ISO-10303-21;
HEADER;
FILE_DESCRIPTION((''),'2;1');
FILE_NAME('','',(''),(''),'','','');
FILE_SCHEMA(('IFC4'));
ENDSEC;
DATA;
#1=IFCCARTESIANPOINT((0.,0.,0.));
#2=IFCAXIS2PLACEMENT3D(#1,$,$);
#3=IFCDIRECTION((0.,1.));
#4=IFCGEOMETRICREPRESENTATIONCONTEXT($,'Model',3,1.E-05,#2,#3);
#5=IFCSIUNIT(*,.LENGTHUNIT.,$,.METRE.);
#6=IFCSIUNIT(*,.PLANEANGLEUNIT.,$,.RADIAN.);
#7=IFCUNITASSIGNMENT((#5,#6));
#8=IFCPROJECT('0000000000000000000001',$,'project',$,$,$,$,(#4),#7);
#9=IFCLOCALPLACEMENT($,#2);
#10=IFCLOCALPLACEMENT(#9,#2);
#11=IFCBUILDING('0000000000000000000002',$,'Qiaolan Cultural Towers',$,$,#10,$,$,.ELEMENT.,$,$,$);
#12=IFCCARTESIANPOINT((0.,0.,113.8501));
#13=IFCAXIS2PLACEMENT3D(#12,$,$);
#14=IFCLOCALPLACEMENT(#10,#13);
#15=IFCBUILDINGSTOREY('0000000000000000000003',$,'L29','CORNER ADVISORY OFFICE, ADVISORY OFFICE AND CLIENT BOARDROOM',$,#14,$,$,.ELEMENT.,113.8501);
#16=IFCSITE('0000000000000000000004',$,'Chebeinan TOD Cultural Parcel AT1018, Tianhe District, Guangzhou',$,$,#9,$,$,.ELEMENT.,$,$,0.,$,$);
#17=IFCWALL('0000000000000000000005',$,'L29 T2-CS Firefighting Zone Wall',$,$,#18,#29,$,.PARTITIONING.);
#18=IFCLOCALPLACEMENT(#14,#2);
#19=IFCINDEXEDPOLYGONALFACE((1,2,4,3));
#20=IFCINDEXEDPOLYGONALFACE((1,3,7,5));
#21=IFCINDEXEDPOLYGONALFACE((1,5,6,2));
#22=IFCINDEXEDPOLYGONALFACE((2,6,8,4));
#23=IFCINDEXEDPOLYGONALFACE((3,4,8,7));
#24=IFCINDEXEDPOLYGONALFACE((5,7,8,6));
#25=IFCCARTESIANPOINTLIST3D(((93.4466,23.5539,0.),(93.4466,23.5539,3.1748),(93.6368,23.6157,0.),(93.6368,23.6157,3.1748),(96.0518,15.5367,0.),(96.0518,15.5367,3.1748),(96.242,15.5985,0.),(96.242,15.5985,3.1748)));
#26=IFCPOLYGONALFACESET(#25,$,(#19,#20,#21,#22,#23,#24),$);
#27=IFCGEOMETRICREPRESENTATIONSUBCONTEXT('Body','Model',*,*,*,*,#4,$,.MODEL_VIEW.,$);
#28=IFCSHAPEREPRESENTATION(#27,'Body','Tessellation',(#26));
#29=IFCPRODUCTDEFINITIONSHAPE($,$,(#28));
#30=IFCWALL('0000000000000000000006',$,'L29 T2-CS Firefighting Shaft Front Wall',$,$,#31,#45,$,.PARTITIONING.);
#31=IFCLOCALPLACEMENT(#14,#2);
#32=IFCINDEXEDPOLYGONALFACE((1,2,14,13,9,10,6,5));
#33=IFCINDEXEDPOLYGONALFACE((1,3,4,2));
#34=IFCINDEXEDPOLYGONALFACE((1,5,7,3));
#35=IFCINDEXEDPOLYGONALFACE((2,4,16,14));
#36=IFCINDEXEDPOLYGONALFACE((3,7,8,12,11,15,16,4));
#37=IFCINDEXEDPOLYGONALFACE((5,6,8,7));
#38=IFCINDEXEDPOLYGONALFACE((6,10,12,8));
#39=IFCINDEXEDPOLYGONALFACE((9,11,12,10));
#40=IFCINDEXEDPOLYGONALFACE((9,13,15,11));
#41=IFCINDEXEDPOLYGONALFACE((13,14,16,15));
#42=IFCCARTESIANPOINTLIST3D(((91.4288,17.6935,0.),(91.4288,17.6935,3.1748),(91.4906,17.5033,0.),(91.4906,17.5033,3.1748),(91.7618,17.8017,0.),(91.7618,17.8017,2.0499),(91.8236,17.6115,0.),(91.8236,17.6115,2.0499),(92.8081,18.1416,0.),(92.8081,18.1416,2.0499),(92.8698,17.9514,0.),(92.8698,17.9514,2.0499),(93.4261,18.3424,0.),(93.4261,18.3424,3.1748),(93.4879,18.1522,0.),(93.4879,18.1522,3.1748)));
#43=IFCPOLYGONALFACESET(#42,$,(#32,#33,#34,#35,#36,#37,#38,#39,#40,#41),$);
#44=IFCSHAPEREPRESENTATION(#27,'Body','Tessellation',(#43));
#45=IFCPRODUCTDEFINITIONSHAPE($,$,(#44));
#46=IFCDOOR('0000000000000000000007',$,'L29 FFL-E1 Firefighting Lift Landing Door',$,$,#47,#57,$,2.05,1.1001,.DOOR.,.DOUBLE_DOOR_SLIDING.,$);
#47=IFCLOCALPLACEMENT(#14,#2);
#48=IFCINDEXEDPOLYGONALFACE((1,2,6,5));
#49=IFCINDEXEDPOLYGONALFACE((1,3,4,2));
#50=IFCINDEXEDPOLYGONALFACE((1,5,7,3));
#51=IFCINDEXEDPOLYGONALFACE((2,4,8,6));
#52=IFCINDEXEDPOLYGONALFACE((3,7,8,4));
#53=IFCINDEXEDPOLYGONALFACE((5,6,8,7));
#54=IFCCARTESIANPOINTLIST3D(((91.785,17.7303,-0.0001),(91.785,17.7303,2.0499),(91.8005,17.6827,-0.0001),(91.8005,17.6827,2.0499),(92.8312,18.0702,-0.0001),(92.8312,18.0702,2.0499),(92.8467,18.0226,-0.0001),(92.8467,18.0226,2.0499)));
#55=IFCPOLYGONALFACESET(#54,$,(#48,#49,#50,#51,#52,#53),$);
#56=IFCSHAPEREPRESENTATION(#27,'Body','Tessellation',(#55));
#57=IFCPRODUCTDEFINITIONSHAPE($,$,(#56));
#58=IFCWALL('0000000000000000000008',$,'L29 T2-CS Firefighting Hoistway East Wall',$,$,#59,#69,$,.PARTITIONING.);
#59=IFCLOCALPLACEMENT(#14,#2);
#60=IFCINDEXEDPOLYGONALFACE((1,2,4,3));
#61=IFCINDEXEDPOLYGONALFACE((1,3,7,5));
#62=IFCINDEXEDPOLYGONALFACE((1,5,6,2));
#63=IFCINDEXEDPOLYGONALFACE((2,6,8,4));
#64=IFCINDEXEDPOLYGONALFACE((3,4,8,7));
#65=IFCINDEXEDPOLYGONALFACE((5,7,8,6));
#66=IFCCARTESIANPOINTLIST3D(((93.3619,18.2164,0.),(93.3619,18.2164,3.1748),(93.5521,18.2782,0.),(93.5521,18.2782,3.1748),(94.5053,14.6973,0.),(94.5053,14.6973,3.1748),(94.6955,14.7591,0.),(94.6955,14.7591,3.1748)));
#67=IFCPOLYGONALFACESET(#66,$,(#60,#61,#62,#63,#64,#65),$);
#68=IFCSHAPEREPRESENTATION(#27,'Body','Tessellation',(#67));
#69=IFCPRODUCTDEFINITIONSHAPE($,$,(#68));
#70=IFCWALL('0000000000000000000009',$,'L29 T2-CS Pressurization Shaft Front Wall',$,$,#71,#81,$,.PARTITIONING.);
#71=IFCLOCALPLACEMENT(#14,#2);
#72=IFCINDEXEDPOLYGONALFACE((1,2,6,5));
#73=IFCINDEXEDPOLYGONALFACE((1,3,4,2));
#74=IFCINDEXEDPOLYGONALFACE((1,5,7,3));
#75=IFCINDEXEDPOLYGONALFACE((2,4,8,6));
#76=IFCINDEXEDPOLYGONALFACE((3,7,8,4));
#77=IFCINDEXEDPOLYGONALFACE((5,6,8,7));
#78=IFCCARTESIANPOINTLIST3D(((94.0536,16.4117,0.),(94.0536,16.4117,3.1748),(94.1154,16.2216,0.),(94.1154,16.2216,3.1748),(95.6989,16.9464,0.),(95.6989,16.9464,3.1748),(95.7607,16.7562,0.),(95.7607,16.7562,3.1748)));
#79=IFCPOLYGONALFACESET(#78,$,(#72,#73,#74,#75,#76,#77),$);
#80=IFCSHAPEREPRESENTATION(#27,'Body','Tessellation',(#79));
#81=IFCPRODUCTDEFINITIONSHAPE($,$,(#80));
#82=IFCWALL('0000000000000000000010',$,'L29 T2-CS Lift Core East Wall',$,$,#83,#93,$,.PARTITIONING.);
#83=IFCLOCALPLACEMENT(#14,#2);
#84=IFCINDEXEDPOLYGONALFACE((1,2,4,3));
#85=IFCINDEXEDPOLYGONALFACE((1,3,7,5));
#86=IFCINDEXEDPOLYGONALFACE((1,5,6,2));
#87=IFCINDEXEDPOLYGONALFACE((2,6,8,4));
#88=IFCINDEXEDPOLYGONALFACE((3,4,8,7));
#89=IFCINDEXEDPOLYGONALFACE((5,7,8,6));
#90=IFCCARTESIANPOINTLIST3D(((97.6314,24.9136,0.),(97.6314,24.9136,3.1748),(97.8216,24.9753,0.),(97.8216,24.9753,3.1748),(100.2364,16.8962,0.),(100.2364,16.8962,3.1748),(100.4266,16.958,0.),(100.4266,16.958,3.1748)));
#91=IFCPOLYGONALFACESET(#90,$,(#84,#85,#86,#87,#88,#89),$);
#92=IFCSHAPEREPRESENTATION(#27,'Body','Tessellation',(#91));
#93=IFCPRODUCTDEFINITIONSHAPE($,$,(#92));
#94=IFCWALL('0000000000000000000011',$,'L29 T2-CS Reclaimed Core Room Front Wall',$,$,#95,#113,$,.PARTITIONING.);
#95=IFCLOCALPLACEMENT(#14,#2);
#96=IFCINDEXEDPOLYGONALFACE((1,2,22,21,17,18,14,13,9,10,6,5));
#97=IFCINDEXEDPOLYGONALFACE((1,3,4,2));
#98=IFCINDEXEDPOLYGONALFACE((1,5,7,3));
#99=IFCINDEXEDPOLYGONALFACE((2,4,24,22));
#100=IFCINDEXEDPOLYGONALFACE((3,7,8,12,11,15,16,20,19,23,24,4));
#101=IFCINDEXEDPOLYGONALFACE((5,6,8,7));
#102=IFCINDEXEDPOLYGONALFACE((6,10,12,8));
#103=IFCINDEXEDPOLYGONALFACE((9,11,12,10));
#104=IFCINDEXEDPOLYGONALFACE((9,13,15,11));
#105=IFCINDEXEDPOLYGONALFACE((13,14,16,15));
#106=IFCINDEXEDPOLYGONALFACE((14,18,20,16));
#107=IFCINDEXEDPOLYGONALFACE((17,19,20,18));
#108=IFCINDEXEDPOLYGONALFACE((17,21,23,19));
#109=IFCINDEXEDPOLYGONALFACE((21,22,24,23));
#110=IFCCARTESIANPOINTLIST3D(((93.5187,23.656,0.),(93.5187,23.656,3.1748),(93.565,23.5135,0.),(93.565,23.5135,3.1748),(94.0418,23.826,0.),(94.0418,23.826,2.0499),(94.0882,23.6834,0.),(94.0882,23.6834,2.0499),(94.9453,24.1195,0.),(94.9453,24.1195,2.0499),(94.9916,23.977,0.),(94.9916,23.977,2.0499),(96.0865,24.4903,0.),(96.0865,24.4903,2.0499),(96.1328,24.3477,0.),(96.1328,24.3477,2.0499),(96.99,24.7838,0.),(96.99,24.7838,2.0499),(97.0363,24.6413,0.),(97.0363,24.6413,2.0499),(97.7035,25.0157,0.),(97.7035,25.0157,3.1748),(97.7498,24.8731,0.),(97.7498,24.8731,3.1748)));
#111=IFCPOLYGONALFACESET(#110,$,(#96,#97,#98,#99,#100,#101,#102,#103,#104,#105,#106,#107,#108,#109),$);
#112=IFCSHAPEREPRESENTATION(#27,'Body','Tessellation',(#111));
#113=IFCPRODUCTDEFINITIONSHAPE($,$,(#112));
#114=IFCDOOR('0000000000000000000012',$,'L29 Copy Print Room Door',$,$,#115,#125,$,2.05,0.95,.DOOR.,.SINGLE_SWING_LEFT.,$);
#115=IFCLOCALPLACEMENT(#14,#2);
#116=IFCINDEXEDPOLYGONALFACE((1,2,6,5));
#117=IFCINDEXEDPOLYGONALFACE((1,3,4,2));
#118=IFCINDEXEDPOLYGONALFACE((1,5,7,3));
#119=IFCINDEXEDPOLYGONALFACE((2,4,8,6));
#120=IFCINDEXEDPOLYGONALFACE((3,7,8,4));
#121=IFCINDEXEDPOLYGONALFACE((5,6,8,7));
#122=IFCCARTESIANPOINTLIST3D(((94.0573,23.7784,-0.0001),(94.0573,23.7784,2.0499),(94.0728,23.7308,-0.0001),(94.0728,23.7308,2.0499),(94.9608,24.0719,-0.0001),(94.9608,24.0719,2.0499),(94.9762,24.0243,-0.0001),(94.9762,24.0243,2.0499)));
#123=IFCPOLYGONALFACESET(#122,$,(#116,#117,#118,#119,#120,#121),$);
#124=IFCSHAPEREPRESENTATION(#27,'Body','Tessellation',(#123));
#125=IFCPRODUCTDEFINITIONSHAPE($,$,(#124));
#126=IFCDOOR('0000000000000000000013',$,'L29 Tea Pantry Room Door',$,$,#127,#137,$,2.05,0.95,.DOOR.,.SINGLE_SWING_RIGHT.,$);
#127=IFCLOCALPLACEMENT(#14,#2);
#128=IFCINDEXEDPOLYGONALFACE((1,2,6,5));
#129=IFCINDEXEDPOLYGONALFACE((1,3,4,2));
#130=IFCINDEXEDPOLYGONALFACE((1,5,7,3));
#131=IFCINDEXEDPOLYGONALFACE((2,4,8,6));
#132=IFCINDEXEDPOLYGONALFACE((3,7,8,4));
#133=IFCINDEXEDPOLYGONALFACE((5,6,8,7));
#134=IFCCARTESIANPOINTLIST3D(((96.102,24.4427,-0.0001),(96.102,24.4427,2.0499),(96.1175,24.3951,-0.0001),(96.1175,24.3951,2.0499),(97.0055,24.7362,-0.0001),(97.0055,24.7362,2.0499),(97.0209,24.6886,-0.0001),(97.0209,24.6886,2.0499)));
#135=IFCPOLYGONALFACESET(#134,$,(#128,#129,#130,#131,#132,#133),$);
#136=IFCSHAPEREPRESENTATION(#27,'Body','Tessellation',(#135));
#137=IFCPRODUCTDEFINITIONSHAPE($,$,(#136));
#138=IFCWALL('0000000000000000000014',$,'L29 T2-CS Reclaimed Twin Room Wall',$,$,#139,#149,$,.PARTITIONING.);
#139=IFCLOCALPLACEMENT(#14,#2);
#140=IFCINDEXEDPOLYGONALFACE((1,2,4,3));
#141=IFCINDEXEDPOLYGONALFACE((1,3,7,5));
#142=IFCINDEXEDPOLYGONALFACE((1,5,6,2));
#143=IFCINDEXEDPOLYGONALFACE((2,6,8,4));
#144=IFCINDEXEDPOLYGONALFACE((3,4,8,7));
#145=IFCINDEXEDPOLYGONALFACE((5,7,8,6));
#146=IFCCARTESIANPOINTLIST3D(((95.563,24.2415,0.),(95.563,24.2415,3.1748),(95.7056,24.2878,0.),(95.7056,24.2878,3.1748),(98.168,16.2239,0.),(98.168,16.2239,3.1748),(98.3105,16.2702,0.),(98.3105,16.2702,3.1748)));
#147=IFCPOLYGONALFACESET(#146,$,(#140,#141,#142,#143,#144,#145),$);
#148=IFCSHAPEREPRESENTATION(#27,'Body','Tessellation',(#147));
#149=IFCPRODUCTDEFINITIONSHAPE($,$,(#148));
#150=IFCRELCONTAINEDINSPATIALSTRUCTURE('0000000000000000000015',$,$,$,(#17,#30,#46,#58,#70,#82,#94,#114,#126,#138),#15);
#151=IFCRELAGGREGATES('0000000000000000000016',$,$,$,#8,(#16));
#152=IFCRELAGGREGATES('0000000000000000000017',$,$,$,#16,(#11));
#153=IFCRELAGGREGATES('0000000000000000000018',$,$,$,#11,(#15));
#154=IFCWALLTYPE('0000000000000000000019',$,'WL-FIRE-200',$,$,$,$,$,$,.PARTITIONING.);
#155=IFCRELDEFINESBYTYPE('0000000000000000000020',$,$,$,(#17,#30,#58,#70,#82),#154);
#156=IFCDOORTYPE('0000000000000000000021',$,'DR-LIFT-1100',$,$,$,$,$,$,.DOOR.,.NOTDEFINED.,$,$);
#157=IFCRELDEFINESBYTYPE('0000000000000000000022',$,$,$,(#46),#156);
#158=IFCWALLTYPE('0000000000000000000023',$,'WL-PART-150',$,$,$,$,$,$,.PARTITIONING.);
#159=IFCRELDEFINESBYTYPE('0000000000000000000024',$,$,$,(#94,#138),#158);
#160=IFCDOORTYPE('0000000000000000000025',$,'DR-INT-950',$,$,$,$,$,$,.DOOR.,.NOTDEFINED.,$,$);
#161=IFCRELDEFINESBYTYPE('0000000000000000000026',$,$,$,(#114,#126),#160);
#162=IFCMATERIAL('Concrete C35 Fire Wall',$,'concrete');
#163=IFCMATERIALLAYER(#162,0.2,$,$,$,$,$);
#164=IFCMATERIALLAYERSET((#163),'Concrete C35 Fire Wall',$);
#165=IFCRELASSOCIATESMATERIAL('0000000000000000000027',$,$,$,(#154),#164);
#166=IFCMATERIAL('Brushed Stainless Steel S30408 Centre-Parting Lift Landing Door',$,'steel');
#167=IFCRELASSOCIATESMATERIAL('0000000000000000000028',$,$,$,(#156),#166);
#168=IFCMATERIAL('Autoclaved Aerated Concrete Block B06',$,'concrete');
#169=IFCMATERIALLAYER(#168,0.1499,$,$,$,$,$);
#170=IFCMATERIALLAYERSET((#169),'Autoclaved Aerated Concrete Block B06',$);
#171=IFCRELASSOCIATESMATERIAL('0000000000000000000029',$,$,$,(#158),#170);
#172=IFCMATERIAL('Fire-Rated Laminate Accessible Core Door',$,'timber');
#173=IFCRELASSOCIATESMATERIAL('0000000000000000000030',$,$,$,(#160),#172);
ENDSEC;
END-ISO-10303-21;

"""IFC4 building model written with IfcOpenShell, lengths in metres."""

from ifc_helpers import new_model, si_unit, direction, frame, frame_2d, origin, place, context, subcontext, project, spatial, rectangle, extrude, material, layer, layer_set, type_object, element, fill, save


model = new_model("IFC4")

# Units and contexts
model_context = context("Model", 3, precision=1e-05, world=origin(), true_north=direction((0.0, 1.0)))
body_context = subcontext(model_context, "Body", "Model", "MODEL_VIEW")
ifc_project = project(units=[si_unit("LENGTHUNIT", "METRE"), si_unit("PLANEANGLEUNIT", "RADIAN")], contexts=[model_context])

# Site, building, storey
site_placement = place(None, origin())
site = spatial("IfcSite", under=ifc_project, at=site_placement, Name="Chebeinan TOD Cultural Parcel AT1018, Tianhe District, Guangzhou", CompositionType="ELEMENT", RefElevation=0.0)
building_placement = place(site_placement, origin())
building = spatial("IfcBuilding", under=site, at=building_placement, Name="Qiaolan Cultural Towers", CompositionType="ELEMENT")
storey_placement = place(building_placement, frame((0.0, 0.0, 113.8501)))
storey = spatial("IfcBuildingStorey", under=building, at=storey_placement, Name="L29", Description="CORNER ADVISORY OFFICE, ADVISORY OFFICE AND CLIENT BOARDROOM", CompositionType="ELEMENT", Elevation=113.8501)

# Wall
ifc_material_1 = material(Name="Concrete C35 Fire Wall", Category="concrete")
ifc_layer_1 = layer(ifc_material_1, 0.2)
ifc_layer_set_1 = layer_set([ifc_layer_1], Name="Concrete C35 Fire Wall")
wall_type_1 = type_object("IfcWallType", Name="WL-FIRE-200", PredefinedType="PARTITIONING", material=ifc_layer_set_1)
wall_1_placement = place(storey_placement, frame((93.5417, 23.5847, 0.0), z_axis=(0.0, 0.0, 1.0), x_axis=(0.309042, -0.951048, 0.0)))
element("IfcWall", 1, at=wall_1_placement, inside=storey, type_object=wall_type_1, Name="L29 T2-CS Firefighting Zone Wall", PredefinedType="PARTITIONING", context=body_context, shape_type="SweptSolid", body=[
    extrude(rectangle(XDim=8.4299, YDim=0.2, at=frame_2d((4.2148, 0.0))), origin(), (0.0, 0.0, 1.0), 3.1748),
])

# Wall, opening, door
wall_2_placement = place(storey_placement, frame((91.4597, 17.5984, 0.0), z_axis=(0.0, 0.0, 1.0), x_axis=(0.951062, 0.308999, 0.0)))
wall_2 = element("IfcWall", 2, at=wall_2_placement, inside=storey, type_object=wall_type_1, Name="L29 T2-CS Firefighting Shaft Front Wall", PredefinedType="PARTITIONING", context=body_context, shape_type="SweptSolid", body=[
    extrude(rectangle(XDim=2.1001, YDim=0.2, at=frame_2d((1.05, 0.0))), origin(), (0.0, 0.0, 1.0), 3.1748),
])
opening_1_placement = place(wall_2_placement, frame((0.3501, 0.0, 0.0)))
opening_1 = element("IfcOpeningElement", 3, at=opening_1_placement, cuts=wall_2, PredefinedType="OPENING", context=body_context, shape_type="SweptSolid", body=[
    extrude(rectangle(XDim=1.1001, YDim=2.05, at=frame_2d((0.55, 1.0249))), frame((0.0, 0.1099, 0.0), z_axis=(0.0, -1.0, 0.0), x_axis=(1.0, 0.0, 0.0)), (0.0, 0.0, 1.0), 0.22),
])
ifc_material_2 = material(Name="Brushed Stainless Steel S30408 Centre-Parting Lift Landing Door", Category="steel")
door_type_1 = type_object("IfcDoorType", Name="DR-LIFT-1100", OperationType="NOTDEFINED", PredefinedType="DOOR", material=ifc_material_2)
door_1_placement = place(opening_1_placement, origin())
door_1 = element("IfcDoor", 4, at=door_1_placement, inside=storey, type_object=door_type_1, Name="L29 FFL-E1 Firefighting Lift Landing Door", OperationType="DOUBLE_DOOR_SLIDING", OverallHeight=2.05, OverallWidth=1.1001, PredefinedType="DOOR", context=body_context, shape_type="SweptSolid", body=[
    extrude(rectangle(XDim=1.1001, YDim=2.05, at=frame_2d((0.55, 1.0249))), frame((0.0, 0.0249, 0.0), z_axis=(0.0, -1.0, 0.0), x_axis=(1.0, 0.0, 0.0)), (0.0, 0.0, 1.0), 0.05),
])
fill(opening_1, door_1)

# Walls
wall_3_placement = place(storey_placement, frame((93.457, 18.2473, 0.0), z_axis=(0.0, 0.0, 1.0), x_axis=(0.308994, -0.951064, 0.0)))
element("IfcWall", 5, at=wall_3_placement, inside=storey, type_object=wall_type_1, Name="L29 T2-CS Firefighting Hoistway East Wall", PredefinedType="PARTITIONING", context=body_context, shape_type="SweptSolid", body=[
    extrude(rectangle(XDim=3.7002, YDim=0.2, at=frame_2d((1.8501, 0.0))), origin(), (0.0, 0.0, 1.0), 3.1748),
])
wall_4_placement = place(storey_placement, frame((94.0845, 16.3167, 0.0), z_axis=(0.0, 0.0, 1.0), x_axis=(0.951041, 0.309064, 0.0)))
element("IfcWall", 6, at=wall_4_placement, inside=storey, type_object=wall_type_1, Name="L29 T2-CS Pressurization Shaft Front Wall", PredefinedType="PARTITIONING", context=body_context, shape_type="SweptSolid", body=[
    extrude(rectangle(XDim=1.73, YDim=0.2, at=frame_2d((0.865, 0.0))), origin(), (0.0, 0.0, 1.0), 3.1748),
])
wall_5_placement = place(storey_placement, frame((97.7266, 24.9443, 0.0), z_axis=(0.0, 0.0, 1.0), x_axis=(0.309016, -0.951057, 0.0)))
element("IfcWall", 7, at=wall_5_placement, inside=storey, type_object=wall_type_1, Name="L29 T2-CS Lift Core East Wall", PredefinedType="PARTITIONING", context=body_context, shape_type="SweptSolid", body=[
    extrude(rectangle(XDim=8.4299, YDim=0.2, at=frame_2d((4.2148, 0.0))), origin(), (0.0, 0.0, 1.0), 3.1748),
])

# Wall, openings, doors
ifc_material_3 = material(Name="Autoclaved Aerated Concrete Block B06", Category="concrete")
ifc_layer_2 = layer(ifc_material_3, 0.1499)
ifc_layer_set_2 = layer_set([ifc_layer_2], Name="Autoclaved Aerated Concrete Block B06")
wall_type_2 = type_object("IfcWallType", Name="WL-PART-150", PredefinedType="PARTITIONING", material=ifc_layer_set_2)
wall_6_placement = place(storey_placement, frame((93.5417, 23.5847, 0.0), z_axis=(0.0, 0.0, 1.0), x_axis=(0.951064, 0.308994, 0.0)))
wall_6 = element("IfcWall", 8, at=wall_6_placement, inside=storey, type_object=wall_type_2, Name="L29 T2-CS Reclaimed Core Room Front Wall", PredefinedType="PARTITIONING", context=body_context, shape_type="SweptSolid", body=[
    extrude(rectangle(XDim=4.4001, YDim=0.1499, at=frame_2d((2.2002, 0.0))), origin(), (0.0, 0.0, 1.0), 3.1748),
])
opening_2_placement = place(wall_6_placement, frame((0.55, 0.0, 0.0)))
opening_2 = element("IfcOpeningElement", 9, at=opening_2_placement, cuts=wall_6, PredefinedType="OPENING", context=body_context, shape_type="SweptSolid", body=[
    extrude(rectangle(XDim=0.95, YDim=2.05, at=frame_2d((0.4751, 1.0249))), frame((0.0, 0.085, 0.0), z_axis=(0.0, -1.0, 0.0), x_axis=(1.0, 0.0, 0.0)), (0.0, 0.0, 1.0), 0.1699),
])
opening_3_placement = place(wall_6_placement, frame((2.7, 0.0, 0.0)))
opening_3 = element("IfcOpeningElement", 10, at=opening_3_placement, cuts=wall_6, PredefinedType="OPENING", context=body_context, shape_type="SweptSolid", body=[
    extrude(rectangle(XDim=0.95, YDim=2.05, at=frame_2d((0.4751, 1.0249))), frame((0.0, 0.085, 0.0), z_axis=(0.0, -1.0, 0.0), x_axis=(1.0, 0.0, 0.0)), (0.0, 0.0, 1.0), 0.1699),
])
ifc_material_4 = material(Name="Fire-Rated Laminate Accessible Core Door", Category="timber")
door_type_2 = type_object("IfcDoorType", Name="DR-INT-950", OperationType="NOTDEFINED", PredefinedType="DOOR", material=ifc_material_4)
door_2_placement = place(opening_2_placement, origin())
door_2 = element("IfcDoor", 11, at=door_2_placement, inside=storey, type_object=door_type_2, Name="L29 Copy Print Room Door", OperationType="SINGLE_SWING_LEFT", OverallHeight=2.05, OverallWidth=0.95, PredefinedType="DOOR", context=body_context, shape_type="SweptSolid", body=[
    extrude(rectangle(XDim=0.95, YDim=2.05, at=frame_2d((0.4751, 1.0249))), frame((0.0, 0.0249, 0.0), z_axis=(0.0, -1.0, 0.0), x_axis=(1.0, 0.0, 0.0)), (0.0, 0.0, 1.0), 0.05),
])
fill(opening_2, door_2)
door_3_placement = place(opening_3_placement, origin())
door_3 = element("IfcDoor", 12, at=door_3_placement, inside=storey, type_object=door_type_2, Name="L29 Tea Pantry Room Door", OperationType="SINGLE_SWING_RIGHT", OverallHeight=2.05, OverallWidth=0.95, PredefinedType="DOOR", context=body_context, shape_type="SweptSolid", body=[
    extrude(rectangle(XDim=0.95, YDim=2.05, at=frame_2d((0.4751, 1.0249))), frame((0.0, 0.0249, 0.0), z_axis=(0.0, -1.0, 0.0), x_axis=(1.0, 0.0, 0.0)), (0.0, 0.0, 1.0), 0.05),
])
fill(opening_3, door_3)

# Wall
wall_7_placement = place(storey_placement, frame((95.6343, 24.2646, 0.0), z_axis=(0.0, 0.0, 1.0), x_axis=(0.309007, -0.95106, 0.0)))
element("IfcWall", 13, at=wall_7_placement, inside=storey, type_object=wall_type_2, Name="L29 T2-CS Reclaimed Twin Room Wall", PredefinedType="PARTITIONING", context=body_context, shape_type="SweptSolid", body=[
    extrude(rectangle(XDim=8.4302, YDim=0.1499, at=frame_2d((4.2151, 0.0))), origin(), (0.0, 0.0, 1.0), 3.1748),
])

save(model, "model.ifc")
